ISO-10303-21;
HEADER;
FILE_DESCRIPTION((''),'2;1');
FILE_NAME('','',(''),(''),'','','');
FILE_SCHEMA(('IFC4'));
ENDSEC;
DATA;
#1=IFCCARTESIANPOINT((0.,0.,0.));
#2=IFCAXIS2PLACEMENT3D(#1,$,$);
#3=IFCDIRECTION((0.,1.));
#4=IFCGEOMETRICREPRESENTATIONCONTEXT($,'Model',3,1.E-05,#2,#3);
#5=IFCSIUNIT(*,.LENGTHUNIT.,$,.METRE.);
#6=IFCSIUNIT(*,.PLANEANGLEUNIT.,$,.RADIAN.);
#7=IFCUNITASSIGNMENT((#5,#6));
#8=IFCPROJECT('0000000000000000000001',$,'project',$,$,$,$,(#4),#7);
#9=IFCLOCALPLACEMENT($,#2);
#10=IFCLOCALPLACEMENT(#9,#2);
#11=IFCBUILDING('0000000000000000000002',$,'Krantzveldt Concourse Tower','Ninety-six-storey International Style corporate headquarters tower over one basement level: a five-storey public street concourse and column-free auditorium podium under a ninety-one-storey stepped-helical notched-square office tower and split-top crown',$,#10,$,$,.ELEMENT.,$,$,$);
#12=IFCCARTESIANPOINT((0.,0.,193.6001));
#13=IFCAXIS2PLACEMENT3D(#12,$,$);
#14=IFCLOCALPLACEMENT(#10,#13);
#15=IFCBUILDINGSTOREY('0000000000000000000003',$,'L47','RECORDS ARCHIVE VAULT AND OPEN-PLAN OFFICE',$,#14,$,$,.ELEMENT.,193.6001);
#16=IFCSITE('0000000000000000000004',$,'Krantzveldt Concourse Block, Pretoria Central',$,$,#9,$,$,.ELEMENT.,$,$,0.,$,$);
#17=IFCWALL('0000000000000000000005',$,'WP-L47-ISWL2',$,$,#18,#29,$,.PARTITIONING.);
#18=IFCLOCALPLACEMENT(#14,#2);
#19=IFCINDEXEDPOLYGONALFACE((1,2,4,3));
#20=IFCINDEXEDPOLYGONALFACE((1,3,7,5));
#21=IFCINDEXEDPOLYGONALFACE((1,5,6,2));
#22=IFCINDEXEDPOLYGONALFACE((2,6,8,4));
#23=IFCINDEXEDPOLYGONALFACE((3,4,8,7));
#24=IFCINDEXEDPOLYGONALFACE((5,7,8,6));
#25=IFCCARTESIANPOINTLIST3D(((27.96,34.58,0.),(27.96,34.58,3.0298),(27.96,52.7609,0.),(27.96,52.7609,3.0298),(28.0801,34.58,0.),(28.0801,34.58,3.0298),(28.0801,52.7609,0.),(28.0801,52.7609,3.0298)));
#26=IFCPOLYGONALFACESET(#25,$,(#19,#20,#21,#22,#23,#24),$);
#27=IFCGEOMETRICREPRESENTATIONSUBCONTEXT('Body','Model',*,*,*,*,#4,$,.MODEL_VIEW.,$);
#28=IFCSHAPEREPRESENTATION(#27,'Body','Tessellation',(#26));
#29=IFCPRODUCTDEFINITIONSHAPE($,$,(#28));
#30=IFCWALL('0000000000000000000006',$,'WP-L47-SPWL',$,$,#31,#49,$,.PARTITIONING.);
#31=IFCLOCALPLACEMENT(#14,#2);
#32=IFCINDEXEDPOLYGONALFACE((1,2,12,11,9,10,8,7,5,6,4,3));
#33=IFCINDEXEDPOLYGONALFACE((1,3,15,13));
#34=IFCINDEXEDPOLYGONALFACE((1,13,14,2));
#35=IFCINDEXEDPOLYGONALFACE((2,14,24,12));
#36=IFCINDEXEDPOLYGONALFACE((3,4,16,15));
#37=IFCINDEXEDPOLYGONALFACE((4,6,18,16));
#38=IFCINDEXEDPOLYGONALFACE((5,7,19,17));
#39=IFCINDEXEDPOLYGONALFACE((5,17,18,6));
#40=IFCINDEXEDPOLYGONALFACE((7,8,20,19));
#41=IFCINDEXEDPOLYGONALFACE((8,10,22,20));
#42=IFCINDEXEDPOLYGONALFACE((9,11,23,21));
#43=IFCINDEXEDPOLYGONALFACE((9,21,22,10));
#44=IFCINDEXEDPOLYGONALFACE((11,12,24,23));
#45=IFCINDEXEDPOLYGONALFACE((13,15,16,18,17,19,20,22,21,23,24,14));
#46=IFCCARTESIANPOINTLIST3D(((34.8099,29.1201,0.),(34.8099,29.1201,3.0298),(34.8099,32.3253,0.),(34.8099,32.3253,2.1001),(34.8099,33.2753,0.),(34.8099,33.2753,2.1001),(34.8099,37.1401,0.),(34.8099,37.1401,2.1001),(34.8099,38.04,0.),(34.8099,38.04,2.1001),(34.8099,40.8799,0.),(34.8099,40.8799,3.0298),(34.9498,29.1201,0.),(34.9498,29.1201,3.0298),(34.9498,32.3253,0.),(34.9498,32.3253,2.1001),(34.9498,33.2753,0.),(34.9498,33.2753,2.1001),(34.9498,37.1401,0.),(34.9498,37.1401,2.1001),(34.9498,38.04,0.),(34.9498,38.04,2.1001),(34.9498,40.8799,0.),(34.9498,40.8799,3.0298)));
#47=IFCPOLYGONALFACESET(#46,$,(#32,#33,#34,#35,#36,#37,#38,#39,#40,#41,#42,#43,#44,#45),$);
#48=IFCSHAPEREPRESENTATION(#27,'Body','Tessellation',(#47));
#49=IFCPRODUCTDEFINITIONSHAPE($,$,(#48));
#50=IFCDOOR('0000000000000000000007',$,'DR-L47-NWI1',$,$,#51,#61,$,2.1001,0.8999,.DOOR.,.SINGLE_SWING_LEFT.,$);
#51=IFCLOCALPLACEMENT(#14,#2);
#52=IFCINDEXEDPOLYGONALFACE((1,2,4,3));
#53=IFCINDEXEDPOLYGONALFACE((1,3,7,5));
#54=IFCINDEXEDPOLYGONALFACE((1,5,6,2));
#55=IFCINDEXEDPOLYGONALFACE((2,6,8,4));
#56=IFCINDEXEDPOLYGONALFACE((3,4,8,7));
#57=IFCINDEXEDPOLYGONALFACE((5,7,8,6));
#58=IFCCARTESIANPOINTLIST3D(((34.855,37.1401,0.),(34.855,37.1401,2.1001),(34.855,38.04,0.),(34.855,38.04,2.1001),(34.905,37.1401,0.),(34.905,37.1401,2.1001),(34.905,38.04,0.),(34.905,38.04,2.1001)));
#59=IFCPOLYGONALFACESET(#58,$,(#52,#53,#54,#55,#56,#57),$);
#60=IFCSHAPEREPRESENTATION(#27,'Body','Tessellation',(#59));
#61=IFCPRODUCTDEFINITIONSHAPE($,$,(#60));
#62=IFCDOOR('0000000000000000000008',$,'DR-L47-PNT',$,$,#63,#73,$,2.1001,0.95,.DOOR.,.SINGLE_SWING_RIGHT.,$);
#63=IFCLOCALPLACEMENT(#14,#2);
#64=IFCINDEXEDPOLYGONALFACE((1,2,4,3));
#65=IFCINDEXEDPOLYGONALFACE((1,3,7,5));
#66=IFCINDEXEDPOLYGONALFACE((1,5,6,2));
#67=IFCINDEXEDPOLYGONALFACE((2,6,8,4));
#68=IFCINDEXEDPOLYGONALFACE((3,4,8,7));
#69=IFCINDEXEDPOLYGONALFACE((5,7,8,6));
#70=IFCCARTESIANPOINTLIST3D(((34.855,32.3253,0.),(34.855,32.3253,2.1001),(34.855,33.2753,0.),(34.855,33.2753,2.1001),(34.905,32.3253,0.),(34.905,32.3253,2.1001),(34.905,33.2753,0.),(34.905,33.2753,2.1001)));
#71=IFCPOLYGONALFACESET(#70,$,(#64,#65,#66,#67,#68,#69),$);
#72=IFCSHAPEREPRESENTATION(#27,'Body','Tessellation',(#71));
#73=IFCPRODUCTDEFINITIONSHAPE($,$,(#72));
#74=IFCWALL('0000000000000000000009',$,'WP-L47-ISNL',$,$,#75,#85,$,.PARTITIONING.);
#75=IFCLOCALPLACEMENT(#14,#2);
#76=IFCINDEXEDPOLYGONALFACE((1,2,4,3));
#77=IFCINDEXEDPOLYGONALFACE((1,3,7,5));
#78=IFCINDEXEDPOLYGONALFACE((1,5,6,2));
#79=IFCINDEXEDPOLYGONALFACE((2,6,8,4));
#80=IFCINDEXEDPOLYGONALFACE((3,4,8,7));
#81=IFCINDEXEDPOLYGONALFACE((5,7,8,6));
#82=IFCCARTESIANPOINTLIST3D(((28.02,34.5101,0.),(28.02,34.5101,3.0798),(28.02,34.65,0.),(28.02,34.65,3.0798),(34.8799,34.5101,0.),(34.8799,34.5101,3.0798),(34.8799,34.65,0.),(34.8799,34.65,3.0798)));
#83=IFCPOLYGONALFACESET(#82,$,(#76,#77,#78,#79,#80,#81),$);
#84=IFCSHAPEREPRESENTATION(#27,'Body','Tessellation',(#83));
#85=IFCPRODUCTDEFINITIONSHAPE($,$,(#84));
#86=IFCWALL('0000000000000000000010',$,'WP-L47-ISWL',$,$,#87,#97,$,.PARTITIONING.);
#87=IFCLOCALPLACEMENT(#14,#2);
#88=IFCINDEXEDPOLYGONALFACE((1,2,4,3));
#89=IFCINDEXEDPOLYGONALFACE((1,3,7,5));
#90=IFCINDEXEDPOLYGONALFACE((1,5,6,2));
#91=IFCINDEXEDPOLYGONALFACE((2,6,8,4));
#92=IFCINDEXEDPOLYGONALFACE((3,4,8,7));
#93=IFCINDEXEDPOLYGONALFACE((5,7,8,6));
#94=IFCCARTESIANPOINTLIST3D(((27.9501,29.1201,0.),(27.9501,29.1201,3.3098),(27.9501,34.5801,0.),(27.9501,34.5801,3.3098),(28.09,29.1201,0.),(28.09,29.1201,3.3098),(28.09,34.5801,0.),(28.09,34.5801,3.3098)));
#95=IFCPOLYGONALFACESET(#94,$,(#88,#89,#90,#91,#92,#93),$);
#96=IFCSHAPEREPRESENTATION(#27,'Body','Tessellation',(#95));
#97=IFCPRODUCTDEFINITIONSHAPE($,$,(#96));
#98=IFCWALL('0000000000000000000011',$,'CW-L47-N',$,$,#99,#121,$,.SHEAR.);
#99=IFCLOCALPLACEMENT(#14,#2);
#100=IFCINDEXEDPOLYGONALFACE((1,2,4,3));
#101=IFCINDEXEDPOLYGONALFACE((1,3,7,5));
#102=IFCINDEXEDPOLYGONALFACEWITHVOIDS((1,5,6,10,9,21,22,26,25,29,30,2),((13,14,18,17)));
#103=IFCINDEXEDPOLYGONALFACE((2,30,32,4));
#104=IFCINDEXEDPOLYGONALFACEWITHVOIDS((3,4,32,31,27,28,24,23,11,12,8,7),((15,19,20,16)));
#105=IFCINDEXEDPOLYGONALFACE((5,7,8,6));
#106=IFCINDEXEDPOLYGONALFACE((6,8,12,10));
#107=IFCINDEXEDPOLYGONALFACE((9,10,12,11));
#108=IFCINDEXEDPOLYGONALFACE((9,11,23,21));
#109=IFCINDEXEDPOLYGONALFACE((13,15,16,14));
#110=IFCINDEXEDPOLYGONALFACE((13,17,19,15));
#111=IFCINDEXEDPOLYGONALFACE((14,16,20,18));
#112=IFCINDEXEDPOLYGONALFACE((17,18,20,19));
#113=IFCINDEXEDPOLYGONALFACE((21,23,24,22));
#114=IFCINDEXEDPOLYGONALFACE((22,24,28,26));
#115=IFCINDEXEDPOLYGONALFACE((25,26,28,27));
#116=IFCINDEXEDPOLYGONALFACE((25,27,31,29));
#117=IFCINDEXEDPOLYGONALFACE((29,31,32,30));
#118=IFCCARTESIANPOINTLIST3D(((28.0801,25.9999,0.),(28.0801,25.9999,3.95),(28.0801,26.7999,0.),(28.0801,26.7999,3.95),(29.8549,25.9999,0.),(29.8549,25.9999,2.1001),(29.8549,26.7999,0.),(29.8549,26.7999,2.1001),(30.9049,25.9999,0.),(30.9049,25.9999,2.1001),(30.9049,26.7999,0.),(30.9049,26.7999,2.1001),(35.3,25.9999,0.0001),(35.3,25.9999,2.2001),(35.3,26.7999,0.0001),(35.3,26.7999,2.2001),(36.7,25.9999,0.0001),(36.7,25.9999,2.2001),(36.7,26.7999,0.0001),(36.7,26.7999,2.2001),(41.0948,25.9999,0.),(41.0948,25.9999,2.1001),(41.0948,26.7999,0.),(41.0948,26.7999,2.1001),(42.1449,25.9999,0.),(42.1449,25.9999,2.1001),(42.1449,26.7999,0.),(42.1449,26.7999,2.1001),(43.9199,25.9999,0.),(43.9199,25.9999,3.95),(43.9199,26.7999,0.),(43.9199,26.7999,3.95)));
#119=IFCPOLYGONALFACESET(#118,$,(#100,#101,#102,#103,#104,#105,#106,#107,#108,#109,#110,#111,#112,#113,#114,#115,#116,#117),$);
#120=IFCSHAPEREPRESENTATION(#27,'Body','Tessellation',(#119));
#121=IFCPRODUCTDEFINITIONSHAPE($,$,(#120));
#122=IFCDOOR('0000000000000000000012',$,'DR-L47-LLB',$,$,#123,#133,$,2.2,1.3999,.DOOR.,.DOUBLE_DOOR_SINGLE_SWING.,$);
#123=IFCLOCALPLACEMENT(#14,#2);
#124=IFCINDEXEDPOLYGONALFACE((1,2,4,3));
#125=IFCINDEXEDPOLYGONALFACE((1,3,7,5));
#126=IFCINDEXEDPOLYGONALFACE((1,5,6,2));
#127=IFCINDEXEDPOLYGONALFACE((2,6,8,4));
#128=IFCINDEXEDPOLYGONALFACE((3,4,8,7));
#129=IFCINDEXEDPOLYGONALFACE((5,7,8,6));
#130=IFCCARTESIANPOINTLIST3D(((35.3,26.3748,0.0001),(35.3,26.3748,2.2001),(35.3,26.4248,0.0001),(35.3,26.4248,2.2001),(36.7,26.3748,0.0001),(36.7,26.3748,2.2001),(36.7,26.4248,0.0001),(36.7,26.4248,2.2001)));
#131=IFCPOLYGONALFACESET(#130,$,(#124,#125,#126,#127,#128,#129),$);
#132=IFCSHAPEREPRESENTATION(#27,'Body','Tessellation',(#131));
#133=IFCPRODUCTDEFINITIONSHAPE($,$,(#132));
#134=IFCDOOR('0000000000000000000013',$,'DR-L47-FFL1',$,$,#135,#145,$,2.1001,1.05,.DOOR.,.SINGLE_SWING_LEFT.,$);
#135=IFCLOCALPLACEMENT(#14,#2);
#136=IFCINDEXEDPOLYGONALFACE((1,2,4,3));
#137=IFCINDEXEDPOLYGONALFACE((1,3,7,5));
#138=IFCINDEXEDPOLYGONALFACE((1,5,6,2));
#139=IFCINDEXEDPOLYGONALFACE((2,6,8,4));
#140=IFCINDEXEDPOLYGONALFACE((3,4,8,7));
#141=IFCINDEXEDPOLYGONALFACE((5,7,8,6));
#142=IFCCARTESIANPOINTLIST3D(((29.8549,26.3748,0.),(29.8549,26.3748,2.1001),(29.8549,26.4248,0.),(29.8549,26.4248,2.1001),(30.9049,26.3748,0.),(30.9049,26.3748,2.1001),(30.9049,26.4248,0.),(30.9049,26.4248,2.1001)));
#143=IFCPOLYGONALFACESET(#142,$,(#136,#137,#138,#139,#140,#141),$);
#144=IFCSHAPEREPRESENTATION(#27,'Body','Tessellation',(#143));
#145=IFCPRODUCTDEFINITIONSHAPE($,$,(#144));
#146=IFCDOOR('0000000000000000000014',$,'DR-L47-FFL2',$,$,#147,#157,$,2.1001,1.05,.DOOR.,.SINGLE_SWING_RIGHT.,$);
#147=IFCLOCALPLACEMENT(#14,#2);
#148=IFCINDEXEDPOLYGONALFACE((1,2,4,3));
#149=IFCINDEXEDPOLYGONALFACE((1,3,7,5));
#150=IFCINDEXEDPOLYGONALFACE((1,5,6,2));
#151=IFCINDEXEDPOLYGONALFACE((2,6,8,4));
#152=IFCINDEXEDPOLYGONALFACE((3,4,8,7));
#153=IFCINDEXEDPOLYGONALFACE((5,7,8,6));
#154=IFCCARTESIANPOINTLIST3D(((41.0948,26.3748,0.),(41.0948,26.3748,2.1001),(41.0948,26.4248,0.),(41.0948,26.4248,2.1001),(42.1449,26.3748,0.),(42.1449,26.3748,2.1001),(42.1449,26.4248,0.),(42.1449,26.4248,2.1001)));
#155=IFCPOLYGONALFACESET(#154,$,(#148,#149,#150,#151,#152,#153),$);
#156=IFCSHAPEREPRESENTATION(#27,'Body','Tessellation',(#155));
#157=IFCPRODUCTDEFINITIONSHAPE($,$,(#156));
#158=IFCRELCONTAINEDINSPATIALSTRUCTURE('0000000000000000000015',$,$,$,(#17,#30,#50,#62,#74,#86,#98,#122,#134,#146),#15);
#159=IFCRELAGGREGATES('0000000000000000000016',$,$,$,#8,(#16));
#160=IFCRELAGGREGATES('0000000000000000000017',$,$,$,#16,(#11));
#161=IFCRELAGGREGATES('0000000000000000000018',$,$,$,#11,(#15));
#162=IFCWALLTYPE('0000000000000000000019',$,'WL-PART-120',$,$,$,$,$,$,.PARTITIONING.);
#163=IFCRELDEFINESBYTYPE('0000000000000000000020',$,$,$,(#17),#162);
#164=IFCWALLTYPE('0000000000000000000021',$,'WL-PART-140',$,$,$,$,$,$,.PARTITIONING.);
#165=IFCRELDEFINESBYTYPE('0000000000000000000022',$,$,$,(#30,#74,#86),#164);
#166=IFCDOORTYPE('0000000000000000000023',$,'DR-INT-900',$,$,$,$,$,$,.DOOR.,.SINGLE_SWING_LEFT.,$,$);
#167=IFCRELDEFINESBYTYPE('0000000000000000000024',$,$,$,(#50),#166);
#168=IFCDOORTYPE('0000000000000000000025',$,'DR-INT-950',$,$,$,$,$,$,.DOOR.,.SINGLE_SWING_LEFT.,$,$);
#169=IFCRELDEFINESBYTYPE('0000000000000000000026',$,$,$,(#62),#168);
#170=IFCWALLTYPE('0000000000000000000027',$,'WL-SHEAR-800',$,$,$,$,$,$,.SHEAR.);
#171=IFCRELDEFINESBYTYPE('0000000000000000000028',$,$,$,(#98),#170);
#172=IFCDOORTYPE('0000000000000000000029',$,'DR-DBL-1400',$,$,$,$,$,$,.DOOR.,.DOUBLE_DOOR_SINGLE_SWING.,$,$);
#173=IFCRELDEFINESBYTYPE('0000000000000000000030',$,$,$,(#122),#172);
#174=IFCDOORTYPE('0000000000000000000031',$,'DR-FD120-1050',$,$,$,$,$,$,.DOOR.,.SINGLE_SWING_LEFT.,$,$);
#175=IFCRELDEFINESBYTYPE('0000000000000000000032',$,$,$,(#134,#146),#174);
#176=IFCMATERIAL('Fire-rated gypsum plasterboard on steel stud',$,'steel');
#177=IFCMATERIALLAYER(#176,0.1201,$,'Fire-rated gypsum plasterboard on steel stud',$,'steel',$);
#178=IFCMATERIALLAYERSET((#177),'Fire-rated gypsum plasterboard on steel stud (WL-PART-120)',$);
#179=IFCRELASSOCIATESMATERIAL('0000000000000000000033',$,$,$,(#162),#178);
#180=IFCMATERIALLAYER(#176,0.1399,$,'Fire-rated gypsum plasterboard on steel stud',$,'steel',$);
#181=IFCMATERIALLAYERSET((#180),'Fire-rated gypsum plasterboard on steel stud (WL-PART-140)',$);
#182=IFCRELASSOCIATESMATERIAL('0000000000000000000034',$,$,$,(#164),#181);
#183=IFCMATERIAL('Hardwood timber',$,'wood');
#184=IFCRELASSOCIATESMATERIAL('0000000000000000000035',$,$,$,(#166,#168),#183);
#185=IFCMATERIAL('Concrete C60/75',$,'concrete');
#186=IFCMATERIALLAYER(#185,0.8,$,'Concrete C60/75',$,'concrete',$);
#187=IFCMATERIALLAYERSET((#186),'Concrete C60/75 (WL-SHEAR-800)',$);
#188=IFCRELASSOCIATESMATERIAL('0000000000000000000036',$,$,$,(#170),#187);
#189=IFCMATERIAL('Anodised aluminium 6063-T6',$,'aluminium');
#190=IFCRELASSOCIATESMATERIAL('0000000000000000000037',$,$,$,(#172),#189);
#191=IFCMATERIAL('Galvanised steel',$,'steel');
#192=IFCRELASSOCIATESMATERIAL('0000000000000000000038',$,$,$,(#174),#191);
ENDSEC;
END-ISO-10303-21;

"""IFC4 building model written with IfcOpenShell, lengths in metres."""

from ifc_helpers import new_model, si_unit, direction, frame, frame_2d, origin, place, context, subcontext, project, spatial, rectangle, extrude, material, layer, layer_set, type_object, element, fill, save


model = new_model("IFC4")

# Units and contexts
model_context = context("Model", 3, precision=1e-05, world=origin(), true_north=direction((0.0, 1.0)))
body_context = subcontext(model_context, "Body", "Model", "MODEL_VIEW")
ifc_project = project(units=[si_unit("LENGTHUNIT", "METRE"), si_unit("PLANEANGLEUNIT", "RADIAN")], contexts=[model_context])

# Site, building, storey
site_placement = place(None, origin())
site = spatial("IfcSite", under=ifc_project, at=site_placement, Name="Krantzveldt Concourse Block, Pretoria Central", CompositionType="ELEMENT", RefElevation=0.0)
building_placement = place(site_placement, origin())
building = spatial("IfcBuilding", under=site, at=building_placement, Name="Krantzveldt Concourse Tower", Description="Ninety-six-storey International Style corporate headquarters tower over one basement level: a five-storey public street concourse and column-free auditorium podium under a ninety-one-storey stepped-helical notched-square office tower and split-top crown", CompositionType="ELEMENT")
storey_placement = place(building_placement, frame((0.0, 0.0, 193.6001)))
storey = spatial("IfcBuildingStorey", under=building, at=storey_placement, Name="L47", Description="RECORDS ARCHIVE VAULT AND OPEN-PLAN OFFICE", CompositionType="ELEMENT", Elevation=193.6001)

# Wall
ifc_material_1 = material(Name="Fire-rated gypsum plasterboard on steel stud", Category="steel")
ifc_layer_1 = layer(ifc_material_1, 0.1201, Name="Fire-rated gypsum plasterboard on steel stud", Category="steel")
ifc_layer_set_1 = layer_set([ifc_layer_1], Name="Fire-rated gypsum plasterboard on steel stud (WL-PART-120)")
wall_type_1 = type_object("IfcWallType", Name="WL-PART-120", PredefinedType="PARTITIONING", material=ifc_layer_set_1)
wall_1_placement = place(storey_placement, frame((28.02, 34.5801, 0.0), z_axis=(0.0, 0.0, 1.0), x_axis=(0.0, 1.0, 0.0)))
element("IfcWall", 1, at=wall_1_placement, inside=storey, type_object=wall_type_1, Name="WP-L47-ISWL2", PredefinedType="PARTITIONING", context=body_context, shape_type="SweptSolid", body=[
    extrude(rectangle(XDim=18.1809, YDim=0.1201, at=frame_2d((9.0903, 0.0))), origin(), (0.0, 0.0, 1.0), 3.0298),
])

# Wall, openings, doors
ifc_layer_2 = layer(ifc_material_1, 0.1399, Name="Fire-rated gypsum plasterboard on steel stud", Category="steel")
ifc_layer_set_2 = layer_set([ifc_layer_2], Name="Fire-rated gypsum plasterboard on steel stud (WL-PART-140)")
wall_type_2 = type_object("IfcWallType", Name="WL-PART-140", PredefinedType="PARTITIONING", material=ifc_layer_set_2)
wall_2_placement = place(storey_placement, frame((34.8799, 29.1201, 0.0), z_axis=(0.0, 0.0, 1.0), x_axis=(0.0, 1.0, 0.0)))
wall_2 = element("IfcWall", 2, at=wall_2_placement, inside=storey, type_object=wall_type_2, Name="WP-L47-SPWL", PredefinedType="PARTITIONING", context=body_context, shape_type="SweptSolid", body=[
    extrude(rectangle(XDim=11.7598, YDim=0.1399, at=frame_2d((5.8799, 0.0))), origin(), (0.0, 0.0, 1.0), 3.0298),
])
opening_1_placement = place(wall_2_placement, frame((3.2051, 0.0, 0.0)))
opening_1 = element("IfcOpeningElement", 3, at=opening_1_placement, cuts=wall_2, PredefinedType="OPENING", context=body_context, shape_type="SweptSolid", body=[
    extrude(rectangle(XDim=0.95, YDim=2.1001, at=frame_2d((0.4751, 1.05))), frame((0.0, 0.0801, 0.0), z_axis=(0.0, -1.0, 0.0), x_axis=(1.0, 0.0, 0.0)), (0.0, 0.0, 1.0), 0.1599),
])
opening_2_placement = place(wall_2_placement, frame((8.02, 0.0, 0.0)))
opening_2 = element("IfcOpeningElement", 4, at=opening_2_placement, cuts=wall_2, PredefinedType="OPENING", context=body_context, shape_type="SweptSolid", body=[
    extrude(rectangle(XDim=0.8999, YDim=2.1001, at=frame_2d((0.45, 1.05))), frame((0.0, 0.0801, 0.0), z_axis=(0.0, -1.0, 0.0), x_axis=(1.0, 0.0, 0.0)), (0.0, 0.0, 1.0), 0.1599),
])
ifc_material_2 = material(Name="Hardwood timber", Category="wood")
door_type_1 = type_object("IfcDoorType", Name="DR-INT-900", OperationType="SINGLE_SWING_LEFT", PredefinedType="DOOR", material=ifc_material_2)
door_1_placement = place(opening_2_placement, origin())
door_1 = element("IfcDoor", 5, at=door_1_placement, inside=storey, type_object=door_type_1, Name="DR-L47-NWI1", OperationType="SINGLE_SWING_LEFT", OverallHeight=2.1001, OverallWidth=0.8999, PredefinedType="DOOR", context=body_context, shape_type="SweptSolid", body=[
    extrude(rectangle(XDim=0.8999, YDim=2.1001, at=frame_2d((0.45, 1.05))), frame((0.0, 0.0249, 0.0), z_axis=(0.0, -1.0, 0.0), x_axis=(1.0, 0.0, 0.0)), (0.0, 0.0, 1.0), 0.05),
])
fill(opening_2, door_1)
door_type_2 = type_object("IfcDoorType", Name="DR-INT-950", OperationType="SINGLE_SWING_LEFT", PredefinedType="DOOR", material=ifc_material_2)
door_2_placement = place(opening_1_placement, origin())
door_2 = element("IfcDoor", 6, at=door_2_placement, inside=storey, type_object=door_type_2, Name="DR-L47-PNT", OperationType="SINGLE_SWING_RIGHT", OverallHeight=2.1001, OverallWidth=0.95, PredefinedType="DOOR", context=body_context, shape_type="SweptSolid", body=[
    extrude(rectangle(XDim=0.95, YDim=2.1001, at=frame_2d((0.4751, 1.05))), frame((0.0, 0.0249, 0.0), z_axis=(0.0, -1.0, 0.0), x_axis=(1.0, 0.0, 0.0)), (0.0, 0.0, 1.0), 0.05),
])
fill(opening_1, door_2)

# Walls
wall_3_placement = place(storey_placement, frame((28.02, 34.5801, 0.0), z_axis=(0.0, 0.0, 1.0), x_axis=(1.0, 0.0, 0.0)))
element("IfcWall", 7, at=wall_3_placement, inside=storey, type_object=wall_type_2, Name="WP-L47-ISNL", PredefinedType="PARTITIONING", context=body_context, shape_type="SweptSolid", body=[
    extrude(rectangle(XDim=6.8599, YDim=0.1399, at=frame_2d((3.4299, 0.0))), origin(), (0.0, 0.0, 1.0), 3.0798),
])
wall_4_placement = place(storey_placement, frame((28.02, 29.1201, 0.0), z_axis=(0.0, 0.0, 1.0), x_axis=(0.0, 1.0, 0.0)))
element("IfcWall", 8, at=wall_4_placement, inside=storey, type_object=wall_type_2, Name="WP-L47-ISWL", PredefinedType="PARTITIONING", context=body_context, shape_type="SweptSolid", body=[
    extrude(rectangle(XDim=5.46, YDim=0.1399, at=frame_2d((2.73, 0.0))), origin(), (0.0, 0.0, 1.0), 3.3098),
])

# Wall, openings, doors
ifc_material_3 = material(Name="Concrete C60/75", Category="concrete")
ifc_layer_3 = layer(ifc_material_3, 0.8, Name="Concrete C60/75", Category="concrete")
ifc_layer_set_3 = layer_set([ifc_layer_3], Name="Concrete C60/75 (WL-SHEAR-800)")
wall_type_3 = type_object("IfcWallType", Name="WL-SHEAR-800", PredefinedType="SHEAR", material=ifc_layer_set_3)
wall_5_placement = place(storey_placement, frame((28.0801, 26.3999, 0.0), z_axis=(0.0, 0.0, 1.0), x_axis=(1.0, 0.0, 0.0)))
wall_5 = element("IfcWall", 9, at=wall_5_placement, inside=storey, type_object=wall_type_3, Name="CW-L47-N", PredefinedType="SHEAR", context=body_context, shape_type="SweptSolid", body=[
    extrude(rectangle(XDim=15.8398, YDim=0.8, at=frame_2d((7.9199, 0.0))), origin(), (0.0, 0.0, 1.0), 3.95),
])
opening_3_placement = place(wall_5_placement, frame((7.22, 0.0, 0.0)))
opening_3 = element("IfcOpeningElement", 10, at=opening_3_placement, cuts=wall_5, PredefinedType="OPENING", context=body_context, shape_type="SweptSolid", body=[
    extrude(rectangle(XDim=1.3999, YDim=2.2, at=frame_2d((0.7, 1.1001))), frame((0.0, 0.4102, 0.0), z_axis=(0.0, -1.0, 0.0), x_axis=(1.0, 0.0, 0.0)), (0.0, 0.0, 1.0), 0.8201),
])
opening_4_placement = place(wall_5_placement, frame((1.7749, 0.0, 0.0)))
opening_4 = element("IfcOpeningElement", 11, at=opening_4_placement, cuts=wall_5, PredefinedType="OPENING", context=body_context, shape_type="SweptSolid", body=[
    extrude(rectangle(XDim=1.05, YDim=2.1001, at=frame_2d((0.5249, 1.05))), frame((0.0, 0.4102, 0.0), z_axis=(0.0, -1.0, 0.0), x_axis=(1.0, 0.0, 0.0)), (0.0, 0.0, 1.0), 0.8201),
])
opening_5_placement = place(wall_5_placement, frame((13.0149, 0.0, 0.0)))
opening_5 = element("IfcOpeningElement", 12, at=opening_5_placement, cuts=wall_5, PredefinedType="OPENING", context=body_context, shape_type="SweptSolid", body=[
    extrude(rectangle(XDim=1.05, YDim=2.1001, at=frame_2d((0.5249, 1.05))), frame((0.0, 0.4102, 0.0), z_axis=(0.0, -1.0, 0.0), x_axis=(1.0, 0.0, 0.0)), (0.0, 0.0, 1.0), 0.8201),
])
ifc_material_4 = material(Name="Anodised aluminium 6063-T6", Category="aluminium")
door_type_3 = type_object("IfcDoorType", Name="DR-DBL-1400", OperationType="DOUBLE_DOOR_SINGLE_SWING", PredefinedType="DOOR", material=ifc_material_4)
door_3_placement = place(opening_3_placement, origin())
door_3 = element("IfcDoor", 13, at=door_3_placement, inside=storey, type_object=door_type_3, Name="DR-L47-LLB", OperationType="DOUBLE_DOOR_SINGLE_SWING", OverallHeight=2.2, OverallWidth=1.3999, PredefinedType="DOOR", context=body_context, shape_type="SweptSolid", body=[
    extrude(rectangle(XDim=1.3999, YDim=2.2, at=frame_2d((0.7, 1.1001))), frame((0.0, 0.0249, 0.0), z_axis=(0.0, -1.0, 0.0), x_axis=(1.0, 0.0, 0.0)), (0.0, 0.0, 1.0), 0.05),
])
fill(opening_3, door_3)
ifc_material_5 = material(Name="Galvanised steel", Category="steel")
door_type_4 = type_object("IfcDoorType", Name="DR-FD120-1050", OperationType="SINGLE_SWING_LEFT", PredefinedType="DOOR", material=ifc_material_5)
door_4_placement = place(opening_4_placement, origin())
door_4 = element("IfcDoor", 14, at=door_4_placement, inside=storey, type_object=door_type_4, Name="DR-L47-FFL1", OperationType="SINGLE_SWING_LEFT", OverallHeight=2.1001, OverallWidth=1.05, PredefinedType="DOOR", context=body_context, shape_type="SweptSolid", body=[
    extrude(rectangle(XDim=1.05, YDim=2.1001, at=frame_2d((0.5249, 1.05))), frame((0.0, 0.0249, 0.0), z_axis=(0.0, -1.0, 0.0), x_axis=(1.0, 0.0, 0.0)), (0.0, 0.0, 1.0), 0.05),
])
fill(opening_4, door_4)
door_5_placement = place(opening_5_placement, origin())
door_5 = element("IfcDoor", 15, at=door_5_placement, inside=storey, type_object=door_type_4, Name="DR-L47-FFL2", OperationType="SINGLE_SWING_RIGHT", OverallHeight=2.1001, OverallWidth=1.05, PredefinedType="DOOR", context=body_context, shape_type="SweptSolid", body=[
    extrude(rectangle(XDim=1.05, YDim=2.1001, at=frame_2d((0.5249, 1.05))), frame((0.0, 0.0249, 0.0), z_axis=(0.0, -1.0, 0.0), x_axis=(1.0, 0.0, 0.0)), (0.0, 0.0, 1.0), 0.05),
])
fill(opening_5, door_5)

save(model, "model.ifc")
